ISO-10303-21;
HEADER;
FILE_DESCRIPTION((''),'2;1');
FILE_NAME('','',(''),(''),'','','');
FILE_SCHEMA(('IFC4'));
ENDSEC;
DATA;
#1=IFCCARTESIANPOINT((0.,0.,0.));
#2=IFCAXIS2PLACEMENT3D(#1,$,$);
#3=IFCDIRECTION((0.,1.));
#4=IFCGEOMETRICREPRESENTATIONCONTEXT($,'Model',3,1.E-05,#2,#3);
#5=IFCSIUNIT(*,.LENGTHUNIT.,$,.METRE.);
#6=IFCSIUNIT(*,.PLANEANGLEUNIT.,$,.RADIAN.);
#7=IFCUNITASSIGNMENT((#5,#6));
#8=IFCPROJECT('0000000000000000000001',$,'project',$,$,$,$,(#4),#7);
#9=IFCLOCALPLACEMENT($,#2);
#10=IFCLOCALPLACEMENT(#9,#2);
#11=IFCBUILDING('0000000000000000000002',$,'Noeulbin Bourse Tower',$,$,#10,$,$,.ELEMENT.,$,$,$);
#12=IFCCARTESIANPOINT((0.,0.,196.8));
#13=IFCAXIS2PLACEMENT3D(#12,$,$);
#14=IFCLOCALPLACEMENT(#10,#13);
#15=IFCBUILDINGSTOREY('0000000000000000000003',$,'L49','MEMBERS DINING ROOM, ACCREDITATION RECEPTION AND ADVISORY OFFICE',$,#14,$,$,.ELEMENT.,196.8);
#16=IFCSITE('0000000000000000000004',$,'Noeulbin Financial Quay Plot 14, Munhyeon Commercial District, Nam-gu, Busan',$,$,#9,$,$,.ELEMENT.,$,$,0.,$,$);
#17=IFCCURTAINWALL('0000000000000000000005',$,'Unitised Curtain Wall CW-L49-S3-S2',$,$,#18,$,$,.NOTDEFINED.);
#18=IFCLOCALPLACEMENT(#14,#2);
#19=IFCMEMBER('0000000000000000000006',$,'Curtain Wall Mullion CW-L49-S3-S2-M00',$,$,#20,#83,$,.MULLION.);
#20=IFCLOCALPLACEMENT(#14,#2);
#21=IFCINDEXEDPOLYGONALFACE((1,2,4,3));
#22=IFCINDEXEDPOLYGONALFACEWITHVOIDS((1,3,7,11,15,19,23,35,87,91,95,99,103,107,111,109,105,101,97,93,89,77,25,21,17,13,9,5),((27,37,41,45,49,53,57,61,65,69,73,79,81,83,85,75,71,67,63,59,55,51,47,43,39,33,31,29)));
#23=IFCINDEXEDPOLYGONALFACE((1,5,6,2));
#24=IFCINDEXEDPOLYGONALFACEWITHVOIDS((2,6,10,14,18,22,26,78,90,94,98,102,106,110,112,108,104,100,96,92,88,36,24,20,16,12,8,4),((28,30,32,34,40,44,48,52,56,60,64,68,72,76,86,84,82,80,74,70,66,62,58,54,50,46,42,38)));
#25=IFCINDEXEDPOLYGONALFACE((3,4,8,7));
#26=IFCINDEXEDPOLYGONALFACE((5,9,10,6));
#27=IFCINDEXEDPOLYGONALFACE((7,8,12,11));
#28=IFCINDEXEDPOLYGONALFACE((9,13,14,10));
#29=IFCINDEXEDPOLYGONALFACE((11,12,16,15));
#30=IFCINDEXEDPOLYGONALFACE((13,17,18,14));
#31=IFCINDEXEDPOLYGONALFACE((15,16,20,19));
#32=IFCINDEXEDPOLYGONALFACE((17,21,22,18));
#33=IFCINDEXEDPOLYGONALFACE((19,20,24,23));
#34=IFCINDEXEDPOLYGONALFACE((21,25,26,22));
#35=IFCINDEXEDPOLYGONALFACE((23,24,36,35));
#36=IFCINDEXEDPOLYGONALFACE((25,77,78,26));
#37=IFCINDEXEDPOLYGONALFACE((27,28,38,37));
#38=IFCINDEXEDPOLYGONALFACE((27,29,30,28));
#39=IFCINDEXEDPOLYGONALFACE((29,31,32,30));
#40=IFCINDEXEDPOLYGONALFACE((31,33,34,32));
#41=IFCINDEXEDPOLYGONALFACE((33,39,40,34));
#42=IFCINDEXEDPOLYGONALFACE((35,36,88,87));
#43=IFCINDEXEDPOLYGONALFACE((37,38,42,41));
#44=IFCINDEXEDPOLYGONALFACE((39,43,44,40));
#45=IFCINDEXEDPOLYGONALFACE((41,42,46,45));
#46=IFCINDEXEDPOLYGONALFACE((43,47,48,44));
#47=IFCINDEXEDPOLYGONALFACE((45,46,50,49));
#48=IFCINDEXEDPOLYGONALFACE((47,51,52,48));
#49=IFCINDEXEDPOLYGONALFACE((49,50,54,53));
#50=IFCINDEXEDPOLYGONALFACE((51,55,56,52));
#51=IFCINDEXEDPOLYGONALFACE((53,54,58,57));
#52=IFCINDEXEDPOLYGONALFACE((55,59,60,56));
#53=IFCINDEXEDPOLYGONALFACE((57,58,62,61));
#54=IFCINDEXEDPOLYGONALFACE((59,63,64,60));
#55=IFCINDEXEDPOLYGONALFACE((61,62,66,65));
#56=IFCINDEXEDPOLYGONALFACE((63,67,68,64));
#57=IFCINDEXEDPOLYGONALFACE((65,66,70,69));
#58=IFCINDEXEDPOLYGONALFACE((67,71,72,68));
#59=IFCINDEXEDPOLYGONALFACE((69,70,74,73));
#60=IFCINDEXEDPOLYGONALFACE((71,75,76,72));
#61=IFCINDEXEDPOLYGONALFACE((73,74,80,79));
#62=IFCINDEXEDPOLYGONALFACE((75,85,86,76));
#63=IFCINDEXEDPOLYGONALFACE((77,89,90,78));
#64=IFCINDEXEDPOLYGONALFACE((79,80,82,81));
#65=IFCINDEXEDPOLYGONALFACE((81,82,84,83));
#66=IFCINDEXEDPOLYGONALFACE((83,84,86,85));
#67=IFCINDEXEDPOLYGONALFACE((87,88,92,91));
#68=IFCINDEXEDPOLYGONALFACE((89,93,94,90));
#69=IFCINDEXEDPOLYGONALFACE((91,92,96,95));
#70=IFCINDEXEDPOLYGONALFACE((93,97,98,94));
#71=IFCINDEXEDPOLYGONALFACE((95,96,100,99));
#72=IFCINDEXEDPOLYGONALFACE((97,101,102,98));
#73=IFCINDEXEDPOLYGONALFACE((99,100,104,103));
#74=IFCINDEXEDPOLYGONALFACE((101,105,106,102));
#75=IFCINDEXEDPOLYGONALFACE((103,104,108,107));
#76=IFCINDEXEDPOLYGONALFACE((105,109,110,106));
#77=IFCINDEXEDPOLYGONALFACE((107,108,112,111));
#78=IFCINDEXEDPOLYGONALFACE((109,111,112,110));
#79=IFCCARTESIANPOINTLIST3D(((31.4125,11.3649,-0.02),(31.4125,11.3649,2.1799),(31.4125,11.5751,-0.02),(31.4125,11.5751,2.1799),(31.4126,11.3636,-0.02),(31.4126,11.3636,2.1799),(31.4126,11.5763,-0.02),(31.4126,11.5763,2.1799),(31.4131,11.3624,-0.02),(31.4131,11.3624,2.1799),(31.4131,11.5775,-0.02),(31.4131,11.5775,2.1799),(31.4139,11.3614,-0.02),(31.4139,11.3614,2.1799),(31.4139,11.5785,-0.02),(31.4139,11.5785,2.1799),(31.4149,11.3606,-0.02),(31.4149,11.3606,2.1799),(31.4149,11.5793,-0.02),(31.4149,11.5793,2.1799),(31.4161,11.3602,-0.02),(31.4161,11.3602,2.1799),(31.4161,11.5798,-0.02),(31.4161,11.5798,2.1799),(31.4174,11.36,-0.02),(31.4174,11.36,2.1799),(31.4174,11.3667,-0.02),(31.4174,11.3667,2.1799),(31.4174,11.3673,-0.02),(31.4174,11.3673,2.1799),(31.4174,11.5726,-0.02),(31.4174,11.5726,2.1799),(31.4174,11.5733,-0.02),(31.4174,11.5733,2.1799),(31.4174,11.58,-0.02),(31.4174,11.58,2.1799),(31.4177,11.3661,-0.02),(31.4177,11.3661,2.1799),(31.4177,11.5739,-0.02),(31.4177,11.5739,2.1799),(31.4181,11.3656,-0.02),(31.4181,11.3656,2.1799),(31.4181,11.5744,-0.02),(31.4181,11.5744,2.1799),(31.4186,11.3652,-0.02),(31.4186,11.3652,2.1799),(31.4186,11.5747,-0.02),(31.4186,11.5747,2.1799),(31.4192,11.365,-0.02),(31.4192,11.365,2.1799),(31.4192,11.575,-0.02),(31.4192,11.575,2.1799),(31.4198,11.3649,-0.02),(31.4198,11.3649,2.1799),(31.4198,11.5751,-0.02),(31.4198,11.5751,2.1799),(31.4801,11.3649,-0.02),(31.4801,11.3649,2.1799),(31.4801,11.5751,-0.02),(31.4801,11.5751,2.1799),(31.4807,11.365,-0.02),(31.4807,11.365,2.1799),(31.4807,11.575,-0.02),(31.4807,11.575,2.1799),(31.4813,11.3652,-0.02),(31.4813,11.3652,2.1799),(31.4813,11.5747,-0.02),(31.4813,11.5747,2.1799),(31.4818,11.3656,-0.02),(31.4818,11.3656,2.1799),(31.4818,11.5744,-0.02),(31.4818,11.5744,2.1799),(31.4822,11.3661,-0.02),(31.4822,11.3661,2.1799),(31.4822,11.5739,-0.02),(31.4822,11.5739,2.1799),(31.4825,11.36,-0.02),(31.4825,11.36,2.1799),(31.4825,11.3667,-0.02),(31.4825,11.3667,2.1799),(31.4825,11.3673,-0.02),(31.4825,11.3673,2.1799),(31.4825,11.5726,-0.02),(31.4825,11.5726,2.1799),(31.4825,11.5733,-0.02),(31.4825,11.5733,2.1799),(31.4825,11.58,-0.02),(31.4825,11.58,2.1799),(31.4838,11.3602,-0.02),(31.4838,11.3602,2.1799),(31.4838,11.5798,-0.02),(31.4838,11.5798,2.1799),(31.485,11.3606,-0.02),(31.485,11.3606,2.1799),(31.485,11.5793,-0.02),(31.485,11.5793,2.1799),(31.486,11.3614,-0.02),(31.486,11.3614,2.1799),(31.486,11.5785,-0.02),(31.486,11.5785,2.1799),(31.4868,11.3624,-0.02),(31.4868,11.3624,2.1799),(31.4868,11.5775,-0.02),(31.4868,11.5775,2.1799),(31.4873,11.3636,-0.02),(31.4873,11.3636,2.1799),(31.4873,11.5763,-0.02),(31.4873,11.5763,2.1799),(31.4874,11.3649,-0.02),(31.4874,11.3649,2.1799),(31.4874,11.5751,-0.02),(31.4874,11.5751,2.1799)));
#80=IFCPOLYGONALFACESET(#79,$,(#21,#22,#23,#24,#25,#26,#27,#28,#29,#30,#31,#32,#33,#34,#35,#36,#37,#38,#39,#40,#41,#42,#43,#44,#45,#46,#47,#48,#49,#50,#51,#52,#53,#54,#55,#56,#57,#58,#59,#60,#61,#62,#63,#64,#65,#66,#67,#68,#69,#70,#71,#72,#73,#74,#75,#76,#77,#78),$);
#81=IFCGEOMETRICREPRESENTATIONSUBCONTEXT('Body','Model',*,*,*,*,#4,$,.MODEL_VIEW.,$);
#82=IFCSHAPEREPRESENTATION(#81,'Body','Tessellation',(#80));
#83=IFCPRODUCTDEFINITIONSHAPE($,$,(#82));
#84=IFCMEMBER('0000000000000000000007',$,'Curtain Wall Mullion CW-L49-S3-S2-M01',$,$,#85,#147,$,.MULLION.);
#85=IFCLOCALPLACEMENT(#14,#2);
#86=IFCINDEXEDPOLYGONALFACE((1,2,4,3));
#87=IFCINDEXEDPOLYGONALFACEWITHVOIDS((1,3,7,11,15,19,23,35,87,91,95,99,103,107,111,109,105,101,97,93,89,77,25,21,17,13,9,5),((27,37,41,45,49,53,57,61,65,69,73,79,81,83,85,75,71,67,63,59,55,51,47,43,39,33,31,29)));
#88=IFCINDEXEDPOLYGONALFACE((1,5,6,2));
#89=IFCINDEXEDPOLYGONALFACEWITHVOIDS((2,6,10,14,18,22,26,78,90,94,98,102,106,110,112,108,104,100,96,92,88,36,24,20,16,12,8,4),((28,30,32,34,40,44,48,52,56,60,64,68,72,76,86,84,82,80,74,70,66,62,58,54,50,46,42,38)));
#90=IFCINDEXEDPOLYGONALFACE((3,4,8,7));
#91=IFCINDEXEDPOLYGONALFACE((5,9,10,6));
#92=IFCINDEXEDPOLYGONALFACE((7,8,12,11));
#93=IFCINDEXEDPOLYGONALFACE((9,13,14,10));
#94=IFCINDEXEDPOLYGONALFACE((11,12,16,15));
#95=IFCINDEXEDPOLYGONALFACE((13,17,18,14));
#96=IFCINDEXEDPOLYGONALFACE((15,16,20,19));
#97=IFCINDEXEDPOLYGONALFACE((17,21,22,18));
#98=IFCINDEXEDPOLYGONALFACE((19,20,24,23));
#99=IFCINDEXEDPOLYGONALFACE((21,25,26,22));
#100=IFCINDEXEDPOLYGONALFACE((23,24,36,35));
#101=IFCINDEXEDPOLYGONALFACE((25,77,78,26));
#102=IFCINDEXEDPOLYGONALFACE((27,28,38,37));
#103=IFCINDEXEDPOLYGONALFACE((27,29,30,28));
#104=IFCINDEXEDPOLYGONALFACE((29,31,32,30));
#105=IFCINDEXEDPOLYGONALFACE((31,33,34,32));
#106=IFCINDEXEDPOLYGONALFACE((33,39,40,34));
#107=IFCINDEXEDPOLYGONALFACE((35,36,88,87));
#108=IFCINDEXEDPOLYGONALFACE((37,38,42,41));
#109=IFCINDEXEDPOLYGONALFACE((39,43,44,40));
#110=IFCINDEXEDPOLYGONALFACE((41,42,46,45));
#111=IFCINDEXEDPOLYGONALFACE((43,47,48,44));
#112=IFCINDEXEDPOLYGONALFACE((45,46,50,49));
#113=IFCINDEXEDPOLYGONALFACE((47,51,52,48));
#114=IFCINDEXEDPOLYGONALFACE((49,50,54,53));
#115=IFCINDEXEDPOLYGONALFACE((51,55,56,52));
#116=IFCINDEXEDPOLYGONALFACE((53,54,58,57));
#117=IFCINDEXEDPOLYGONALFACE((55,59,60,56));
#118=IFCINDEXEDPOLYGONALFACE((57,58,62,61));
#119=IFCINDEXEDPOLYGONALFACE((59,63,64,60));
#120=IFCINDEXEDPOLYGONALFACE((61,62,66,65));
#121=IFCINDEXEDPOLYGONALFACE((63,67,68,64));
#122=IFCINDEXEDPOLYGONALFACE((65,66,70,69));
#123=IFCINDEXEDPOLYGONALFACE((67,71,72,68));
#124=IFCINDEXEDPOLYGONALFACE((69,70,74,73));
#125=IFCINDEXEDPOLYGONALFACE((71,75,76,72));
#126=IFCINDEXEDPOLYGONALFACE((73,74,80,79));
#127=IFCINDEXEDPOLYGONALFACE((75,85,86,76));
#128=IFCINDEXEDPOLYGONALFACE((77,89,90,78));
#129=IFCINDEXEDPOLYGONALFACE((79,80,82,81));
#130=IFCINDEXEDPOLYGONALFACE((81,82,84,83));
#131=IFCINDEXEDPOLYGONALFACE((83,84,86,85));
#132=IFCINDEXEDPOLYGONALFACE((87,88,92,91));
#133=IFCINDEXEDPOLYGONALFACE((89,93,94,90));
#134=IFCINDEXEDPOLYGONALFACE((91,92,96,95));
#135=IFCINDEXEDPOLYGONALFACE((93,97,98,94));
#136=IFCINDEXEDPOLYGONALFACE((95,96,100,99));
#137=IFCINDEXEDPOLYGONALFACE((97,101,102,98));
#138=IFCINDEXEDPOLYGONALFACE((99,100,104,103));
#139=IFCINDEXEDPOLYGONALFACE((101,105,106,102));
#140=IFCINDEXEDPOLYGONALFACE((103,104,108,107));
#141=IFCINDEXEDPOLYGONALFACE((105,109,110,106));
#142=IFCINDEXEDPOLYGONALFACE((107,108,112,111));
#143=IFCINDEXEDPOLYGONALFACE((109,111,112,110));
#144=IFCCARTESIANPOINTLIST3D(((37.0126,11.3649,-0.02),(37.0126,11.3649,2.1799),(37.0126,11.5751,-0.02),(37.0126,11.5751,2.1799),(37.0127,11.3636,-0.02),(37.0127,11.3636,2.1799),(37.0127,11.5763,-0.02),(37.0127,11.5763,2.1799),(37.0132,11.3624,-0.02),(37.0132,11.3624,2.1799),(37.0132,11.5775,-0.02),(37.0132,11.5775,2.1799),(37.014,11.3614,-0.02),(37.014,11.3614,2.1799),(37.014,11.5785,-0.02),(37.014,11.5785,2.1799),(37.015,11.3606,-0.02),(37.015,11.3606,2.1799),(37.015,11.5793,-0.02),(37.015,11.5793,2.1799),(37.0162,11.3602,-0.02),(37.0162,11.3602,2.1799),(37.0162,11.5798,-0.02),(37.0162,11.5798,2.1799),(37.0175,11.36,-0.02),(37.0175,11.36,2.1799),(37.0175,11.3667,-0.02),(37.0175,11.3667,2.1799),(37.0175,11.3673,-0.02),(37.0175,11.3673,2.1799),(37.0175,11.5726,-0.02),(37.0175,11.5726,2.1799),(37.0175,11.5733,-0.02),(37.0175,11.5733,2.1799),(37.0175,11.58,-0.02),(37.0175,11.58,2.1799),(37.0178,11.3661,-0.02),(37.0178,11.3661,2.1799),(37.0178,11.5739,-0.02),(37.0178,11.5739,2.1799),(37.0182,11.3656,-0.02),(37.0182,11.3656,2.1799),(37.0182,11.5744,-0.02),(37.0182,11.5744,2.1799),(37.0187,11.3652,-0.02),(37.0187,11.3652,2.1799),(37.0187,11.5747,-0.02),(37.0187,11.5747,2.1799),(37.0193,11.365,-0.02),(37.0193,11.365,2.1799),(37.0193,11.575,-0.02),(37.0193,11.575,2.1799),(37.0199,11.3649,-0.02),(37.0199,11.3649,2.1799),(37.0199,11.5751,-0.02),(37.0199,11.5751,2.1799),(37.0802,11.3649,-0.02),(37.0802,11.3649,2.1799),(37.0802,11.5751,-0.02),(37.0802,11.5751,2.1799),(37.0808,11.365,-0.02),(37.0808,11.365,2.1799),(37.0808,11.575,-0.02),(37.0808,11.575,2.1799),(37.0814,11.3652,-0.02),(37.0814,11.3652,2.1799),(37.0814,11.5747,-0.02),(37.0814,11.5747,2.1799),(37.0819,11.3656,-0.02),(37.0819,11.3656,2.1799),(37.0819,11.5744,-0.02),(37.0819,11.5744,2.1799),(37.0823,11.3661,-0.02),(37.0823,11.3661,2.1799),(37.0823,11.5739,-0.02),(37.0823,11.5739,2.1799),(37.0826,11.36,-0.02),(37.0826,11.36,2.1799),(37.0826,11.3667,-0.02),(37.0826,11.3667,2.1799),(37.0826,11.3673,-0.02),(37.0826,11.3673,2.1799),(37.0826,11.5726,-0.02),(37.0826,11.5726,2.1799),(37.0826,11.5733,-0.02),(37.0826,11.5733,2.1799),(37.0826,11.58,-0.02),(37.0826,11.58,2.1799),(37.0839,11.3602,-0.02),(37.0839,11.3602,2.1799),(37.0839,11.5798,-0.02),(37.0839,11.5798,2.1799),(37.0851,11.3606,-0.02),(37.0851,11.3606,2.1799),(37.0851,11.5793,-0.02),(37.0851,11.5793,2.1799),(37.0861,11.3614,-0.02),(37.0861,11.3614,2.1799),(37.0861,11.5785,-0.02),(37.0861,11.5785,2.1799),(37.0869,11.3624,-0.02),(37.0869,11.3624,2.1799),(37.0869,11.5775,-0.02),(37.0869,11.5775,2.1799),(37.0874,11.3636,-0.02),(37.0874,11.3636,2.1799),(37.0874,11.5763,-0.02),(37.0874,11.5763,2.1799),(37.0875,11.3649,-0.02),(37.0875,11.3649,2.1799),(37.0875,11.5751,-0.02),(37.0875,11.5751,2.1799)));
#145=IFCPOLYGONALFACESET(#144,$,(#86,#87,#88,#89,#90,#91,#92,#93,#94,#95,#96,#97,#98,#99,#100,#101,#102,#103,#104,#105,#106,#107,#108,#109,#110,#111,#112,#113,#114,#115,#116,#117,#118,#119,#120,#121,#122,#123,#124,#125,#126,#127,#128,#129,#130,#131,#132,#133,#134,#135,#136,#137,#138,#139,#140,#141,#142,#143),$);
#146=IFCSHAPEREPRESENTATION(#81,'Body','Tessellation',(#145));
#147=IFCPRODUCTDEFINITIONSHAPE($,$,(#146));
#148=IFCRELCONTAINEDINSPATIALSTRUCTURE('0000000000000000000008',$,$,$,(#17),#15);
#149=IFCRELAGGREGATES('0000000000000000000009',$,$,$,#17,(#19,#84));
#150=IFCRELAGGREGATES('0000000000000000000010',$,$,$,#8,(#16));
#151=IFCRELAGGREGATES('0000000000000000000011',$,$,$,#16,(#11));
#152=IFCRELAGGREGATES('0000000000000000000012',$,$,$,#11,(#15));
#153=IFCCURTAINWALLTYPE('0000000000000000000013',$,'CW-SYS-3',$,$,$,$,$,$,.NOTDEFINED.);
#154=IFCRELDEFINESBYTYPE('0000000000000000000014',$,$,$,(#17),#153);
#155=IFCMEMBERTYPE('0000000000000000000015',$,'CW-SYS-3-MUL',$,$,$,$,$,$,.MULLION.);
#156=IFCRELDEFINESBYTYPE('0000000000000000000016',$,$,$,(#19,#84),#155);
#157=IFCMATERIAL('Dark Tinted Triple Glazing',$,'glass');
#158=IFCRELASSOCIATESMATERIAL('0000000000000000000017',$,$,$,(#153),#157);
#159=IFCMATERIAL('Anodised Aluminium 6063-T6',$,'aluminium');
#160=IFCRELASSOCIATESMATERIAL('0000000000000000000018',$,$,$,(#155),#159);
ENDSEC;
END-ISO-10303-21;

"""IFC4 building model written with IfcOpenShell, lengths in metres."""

from ifc_helpers import new_model, si_unit, direction, frame, origin, origin_2d, place, context, subcontext, project, spatial, hollow_rectangle, extrude, material, material_profile, profile_set, type_object, element, aggregate, save


model = new_model("IFC4")

# Units and contexts
model_context = context("Model", 3, precision=1e-05, world=origin(), true_north=direction((0.0, 1.0)))
body_context = subcontext(model_context, "Body", "Model", "MODEL_VIEW")
ifc_project = project(units=[si_unit("LENGTHUNIT", "METRE"), si_unit("PLANEANGLEUNIT", "RADIAN")], contexts=[model_context])

# Site, building, storey
site_placement = place(None, origin())
site = spatial("IfcSite", under=ifc_project, at=site_placement, Name="Noeulbin Financial Quay Plot 14, Munhyeon Commercial District, Nam-gu, Busan", CompositionType="ELEMENT", RefElevation=0.0)
building_placement = place(site_placement, origin())
building = spatial("IfcBuilding", under=site, at=building_placement, Name="Noeulbin Bourse Tower", CompositionType="ELEMENT")
storey_placement = place(building_placement, frame((0.0, 0.0, 196.8)))
storey = spatial("IfcBuildingStorey", under=building, at=storey_placement, Name="L49", Description="MEMBERS DINING ROOM, ACCREDITATION RECEPTION AND ADVISORY OFFICE", CompositionType="ELEMENT", Elevation=196.8)

# Shared definitions
ifc_material_1 = material(Name="Dark Tinted Triple Glazing", Category="glass")
curtain_wall_type = type_object("IfcCurtainWallType", Name="CW-SYS-3", PredefinedType="NOTDEFINED", material=ifc_material_1)
ifc_material_2 = material(Name="Anodised Aluminium 6063-T6", Category="aluminium")
ifc_material_profile_1 = material_profile(ifc_material_2, hollow_rectangle(XDim=0.075, YDim=0.22, WallThickness=0.0049, InnerFilletRadius=0.0024, OuterFilletRadius=0.0049, at=origin_2d()), Name="ALU-MULL-75x220x5", Category="LoadBearing")
ifc_profile_set_1 = profile_set([ifc_material_profile_1], Name="Anodised Aluminium 6063-T6")
member_type_1 = type_object("IfcMemberType", Name="CW-SYS-3-MUL", PredefinedType="MULLION", material=ifc_profile_set_1)

# Curtain wall, members
curtain_wall_1_placement = place(storey_placement, origin())
curtain_wall_1 = element("IfcCurtainWall", 1, at=curtain_wall_1_placement, inside=storey, type_object=curtain_wall_type, Name="Unitised Curtain Wall CW-L49-S3-S2", PredefinedType="NOTDEFINED")
member_1_placement = place(storey_placement, frame((31.45, 11.47, -0.02), z_axis=(0.0, 0.0, 1.0), x_axis=(1.0, 0.0, 0.0)))
member_1 = element("IfcMember", 2, at=member_1_placement, type_object=member_type_1, Name="Curtain Wall Mullion CW-L49-S3-S2-M00", PredefinedType="MULLION", context=body_context, shape_type="SweptSolid", body=[
    extrude(hollow_rectangle(XDim=0.075, YDim=0.22, WallThickness=0.0049, InnerFilletRadius=0.0024, OuterFilletRadius=0.0049, at=origin_2d()), origin(), (0.0, 0.0, 1.0), 2.2),
])
member_2_placement = place(storey_placement, frame((37.05, 11.47, -0.02), z_axis=(0.0, 0.0, 1.0), x_axis=(1.0, 0.0, 0.0)))
member_2 = element("IfcMember", 3, at=member_2_placement, type_object=member_type_1, Name="Curtain Wall Mullion CW-L49-S3-S2-M01", PredefinedType="MULLION", context=body_context, shape_type="SweptSolid", body=[
    extrude(hollow_rectangle(XDim=0.075, YDim=0.22, WallThickness=0.0049, InnerFilletRadius=0.0024, OuterFilletRadius=0.0049, at=origin_2d()), origin(), (0.0, 0.0, 1.0), 2.2),
])

aggregate(curtain_wall_1, [member_1, member_2])

save(model, "model.ifc")
